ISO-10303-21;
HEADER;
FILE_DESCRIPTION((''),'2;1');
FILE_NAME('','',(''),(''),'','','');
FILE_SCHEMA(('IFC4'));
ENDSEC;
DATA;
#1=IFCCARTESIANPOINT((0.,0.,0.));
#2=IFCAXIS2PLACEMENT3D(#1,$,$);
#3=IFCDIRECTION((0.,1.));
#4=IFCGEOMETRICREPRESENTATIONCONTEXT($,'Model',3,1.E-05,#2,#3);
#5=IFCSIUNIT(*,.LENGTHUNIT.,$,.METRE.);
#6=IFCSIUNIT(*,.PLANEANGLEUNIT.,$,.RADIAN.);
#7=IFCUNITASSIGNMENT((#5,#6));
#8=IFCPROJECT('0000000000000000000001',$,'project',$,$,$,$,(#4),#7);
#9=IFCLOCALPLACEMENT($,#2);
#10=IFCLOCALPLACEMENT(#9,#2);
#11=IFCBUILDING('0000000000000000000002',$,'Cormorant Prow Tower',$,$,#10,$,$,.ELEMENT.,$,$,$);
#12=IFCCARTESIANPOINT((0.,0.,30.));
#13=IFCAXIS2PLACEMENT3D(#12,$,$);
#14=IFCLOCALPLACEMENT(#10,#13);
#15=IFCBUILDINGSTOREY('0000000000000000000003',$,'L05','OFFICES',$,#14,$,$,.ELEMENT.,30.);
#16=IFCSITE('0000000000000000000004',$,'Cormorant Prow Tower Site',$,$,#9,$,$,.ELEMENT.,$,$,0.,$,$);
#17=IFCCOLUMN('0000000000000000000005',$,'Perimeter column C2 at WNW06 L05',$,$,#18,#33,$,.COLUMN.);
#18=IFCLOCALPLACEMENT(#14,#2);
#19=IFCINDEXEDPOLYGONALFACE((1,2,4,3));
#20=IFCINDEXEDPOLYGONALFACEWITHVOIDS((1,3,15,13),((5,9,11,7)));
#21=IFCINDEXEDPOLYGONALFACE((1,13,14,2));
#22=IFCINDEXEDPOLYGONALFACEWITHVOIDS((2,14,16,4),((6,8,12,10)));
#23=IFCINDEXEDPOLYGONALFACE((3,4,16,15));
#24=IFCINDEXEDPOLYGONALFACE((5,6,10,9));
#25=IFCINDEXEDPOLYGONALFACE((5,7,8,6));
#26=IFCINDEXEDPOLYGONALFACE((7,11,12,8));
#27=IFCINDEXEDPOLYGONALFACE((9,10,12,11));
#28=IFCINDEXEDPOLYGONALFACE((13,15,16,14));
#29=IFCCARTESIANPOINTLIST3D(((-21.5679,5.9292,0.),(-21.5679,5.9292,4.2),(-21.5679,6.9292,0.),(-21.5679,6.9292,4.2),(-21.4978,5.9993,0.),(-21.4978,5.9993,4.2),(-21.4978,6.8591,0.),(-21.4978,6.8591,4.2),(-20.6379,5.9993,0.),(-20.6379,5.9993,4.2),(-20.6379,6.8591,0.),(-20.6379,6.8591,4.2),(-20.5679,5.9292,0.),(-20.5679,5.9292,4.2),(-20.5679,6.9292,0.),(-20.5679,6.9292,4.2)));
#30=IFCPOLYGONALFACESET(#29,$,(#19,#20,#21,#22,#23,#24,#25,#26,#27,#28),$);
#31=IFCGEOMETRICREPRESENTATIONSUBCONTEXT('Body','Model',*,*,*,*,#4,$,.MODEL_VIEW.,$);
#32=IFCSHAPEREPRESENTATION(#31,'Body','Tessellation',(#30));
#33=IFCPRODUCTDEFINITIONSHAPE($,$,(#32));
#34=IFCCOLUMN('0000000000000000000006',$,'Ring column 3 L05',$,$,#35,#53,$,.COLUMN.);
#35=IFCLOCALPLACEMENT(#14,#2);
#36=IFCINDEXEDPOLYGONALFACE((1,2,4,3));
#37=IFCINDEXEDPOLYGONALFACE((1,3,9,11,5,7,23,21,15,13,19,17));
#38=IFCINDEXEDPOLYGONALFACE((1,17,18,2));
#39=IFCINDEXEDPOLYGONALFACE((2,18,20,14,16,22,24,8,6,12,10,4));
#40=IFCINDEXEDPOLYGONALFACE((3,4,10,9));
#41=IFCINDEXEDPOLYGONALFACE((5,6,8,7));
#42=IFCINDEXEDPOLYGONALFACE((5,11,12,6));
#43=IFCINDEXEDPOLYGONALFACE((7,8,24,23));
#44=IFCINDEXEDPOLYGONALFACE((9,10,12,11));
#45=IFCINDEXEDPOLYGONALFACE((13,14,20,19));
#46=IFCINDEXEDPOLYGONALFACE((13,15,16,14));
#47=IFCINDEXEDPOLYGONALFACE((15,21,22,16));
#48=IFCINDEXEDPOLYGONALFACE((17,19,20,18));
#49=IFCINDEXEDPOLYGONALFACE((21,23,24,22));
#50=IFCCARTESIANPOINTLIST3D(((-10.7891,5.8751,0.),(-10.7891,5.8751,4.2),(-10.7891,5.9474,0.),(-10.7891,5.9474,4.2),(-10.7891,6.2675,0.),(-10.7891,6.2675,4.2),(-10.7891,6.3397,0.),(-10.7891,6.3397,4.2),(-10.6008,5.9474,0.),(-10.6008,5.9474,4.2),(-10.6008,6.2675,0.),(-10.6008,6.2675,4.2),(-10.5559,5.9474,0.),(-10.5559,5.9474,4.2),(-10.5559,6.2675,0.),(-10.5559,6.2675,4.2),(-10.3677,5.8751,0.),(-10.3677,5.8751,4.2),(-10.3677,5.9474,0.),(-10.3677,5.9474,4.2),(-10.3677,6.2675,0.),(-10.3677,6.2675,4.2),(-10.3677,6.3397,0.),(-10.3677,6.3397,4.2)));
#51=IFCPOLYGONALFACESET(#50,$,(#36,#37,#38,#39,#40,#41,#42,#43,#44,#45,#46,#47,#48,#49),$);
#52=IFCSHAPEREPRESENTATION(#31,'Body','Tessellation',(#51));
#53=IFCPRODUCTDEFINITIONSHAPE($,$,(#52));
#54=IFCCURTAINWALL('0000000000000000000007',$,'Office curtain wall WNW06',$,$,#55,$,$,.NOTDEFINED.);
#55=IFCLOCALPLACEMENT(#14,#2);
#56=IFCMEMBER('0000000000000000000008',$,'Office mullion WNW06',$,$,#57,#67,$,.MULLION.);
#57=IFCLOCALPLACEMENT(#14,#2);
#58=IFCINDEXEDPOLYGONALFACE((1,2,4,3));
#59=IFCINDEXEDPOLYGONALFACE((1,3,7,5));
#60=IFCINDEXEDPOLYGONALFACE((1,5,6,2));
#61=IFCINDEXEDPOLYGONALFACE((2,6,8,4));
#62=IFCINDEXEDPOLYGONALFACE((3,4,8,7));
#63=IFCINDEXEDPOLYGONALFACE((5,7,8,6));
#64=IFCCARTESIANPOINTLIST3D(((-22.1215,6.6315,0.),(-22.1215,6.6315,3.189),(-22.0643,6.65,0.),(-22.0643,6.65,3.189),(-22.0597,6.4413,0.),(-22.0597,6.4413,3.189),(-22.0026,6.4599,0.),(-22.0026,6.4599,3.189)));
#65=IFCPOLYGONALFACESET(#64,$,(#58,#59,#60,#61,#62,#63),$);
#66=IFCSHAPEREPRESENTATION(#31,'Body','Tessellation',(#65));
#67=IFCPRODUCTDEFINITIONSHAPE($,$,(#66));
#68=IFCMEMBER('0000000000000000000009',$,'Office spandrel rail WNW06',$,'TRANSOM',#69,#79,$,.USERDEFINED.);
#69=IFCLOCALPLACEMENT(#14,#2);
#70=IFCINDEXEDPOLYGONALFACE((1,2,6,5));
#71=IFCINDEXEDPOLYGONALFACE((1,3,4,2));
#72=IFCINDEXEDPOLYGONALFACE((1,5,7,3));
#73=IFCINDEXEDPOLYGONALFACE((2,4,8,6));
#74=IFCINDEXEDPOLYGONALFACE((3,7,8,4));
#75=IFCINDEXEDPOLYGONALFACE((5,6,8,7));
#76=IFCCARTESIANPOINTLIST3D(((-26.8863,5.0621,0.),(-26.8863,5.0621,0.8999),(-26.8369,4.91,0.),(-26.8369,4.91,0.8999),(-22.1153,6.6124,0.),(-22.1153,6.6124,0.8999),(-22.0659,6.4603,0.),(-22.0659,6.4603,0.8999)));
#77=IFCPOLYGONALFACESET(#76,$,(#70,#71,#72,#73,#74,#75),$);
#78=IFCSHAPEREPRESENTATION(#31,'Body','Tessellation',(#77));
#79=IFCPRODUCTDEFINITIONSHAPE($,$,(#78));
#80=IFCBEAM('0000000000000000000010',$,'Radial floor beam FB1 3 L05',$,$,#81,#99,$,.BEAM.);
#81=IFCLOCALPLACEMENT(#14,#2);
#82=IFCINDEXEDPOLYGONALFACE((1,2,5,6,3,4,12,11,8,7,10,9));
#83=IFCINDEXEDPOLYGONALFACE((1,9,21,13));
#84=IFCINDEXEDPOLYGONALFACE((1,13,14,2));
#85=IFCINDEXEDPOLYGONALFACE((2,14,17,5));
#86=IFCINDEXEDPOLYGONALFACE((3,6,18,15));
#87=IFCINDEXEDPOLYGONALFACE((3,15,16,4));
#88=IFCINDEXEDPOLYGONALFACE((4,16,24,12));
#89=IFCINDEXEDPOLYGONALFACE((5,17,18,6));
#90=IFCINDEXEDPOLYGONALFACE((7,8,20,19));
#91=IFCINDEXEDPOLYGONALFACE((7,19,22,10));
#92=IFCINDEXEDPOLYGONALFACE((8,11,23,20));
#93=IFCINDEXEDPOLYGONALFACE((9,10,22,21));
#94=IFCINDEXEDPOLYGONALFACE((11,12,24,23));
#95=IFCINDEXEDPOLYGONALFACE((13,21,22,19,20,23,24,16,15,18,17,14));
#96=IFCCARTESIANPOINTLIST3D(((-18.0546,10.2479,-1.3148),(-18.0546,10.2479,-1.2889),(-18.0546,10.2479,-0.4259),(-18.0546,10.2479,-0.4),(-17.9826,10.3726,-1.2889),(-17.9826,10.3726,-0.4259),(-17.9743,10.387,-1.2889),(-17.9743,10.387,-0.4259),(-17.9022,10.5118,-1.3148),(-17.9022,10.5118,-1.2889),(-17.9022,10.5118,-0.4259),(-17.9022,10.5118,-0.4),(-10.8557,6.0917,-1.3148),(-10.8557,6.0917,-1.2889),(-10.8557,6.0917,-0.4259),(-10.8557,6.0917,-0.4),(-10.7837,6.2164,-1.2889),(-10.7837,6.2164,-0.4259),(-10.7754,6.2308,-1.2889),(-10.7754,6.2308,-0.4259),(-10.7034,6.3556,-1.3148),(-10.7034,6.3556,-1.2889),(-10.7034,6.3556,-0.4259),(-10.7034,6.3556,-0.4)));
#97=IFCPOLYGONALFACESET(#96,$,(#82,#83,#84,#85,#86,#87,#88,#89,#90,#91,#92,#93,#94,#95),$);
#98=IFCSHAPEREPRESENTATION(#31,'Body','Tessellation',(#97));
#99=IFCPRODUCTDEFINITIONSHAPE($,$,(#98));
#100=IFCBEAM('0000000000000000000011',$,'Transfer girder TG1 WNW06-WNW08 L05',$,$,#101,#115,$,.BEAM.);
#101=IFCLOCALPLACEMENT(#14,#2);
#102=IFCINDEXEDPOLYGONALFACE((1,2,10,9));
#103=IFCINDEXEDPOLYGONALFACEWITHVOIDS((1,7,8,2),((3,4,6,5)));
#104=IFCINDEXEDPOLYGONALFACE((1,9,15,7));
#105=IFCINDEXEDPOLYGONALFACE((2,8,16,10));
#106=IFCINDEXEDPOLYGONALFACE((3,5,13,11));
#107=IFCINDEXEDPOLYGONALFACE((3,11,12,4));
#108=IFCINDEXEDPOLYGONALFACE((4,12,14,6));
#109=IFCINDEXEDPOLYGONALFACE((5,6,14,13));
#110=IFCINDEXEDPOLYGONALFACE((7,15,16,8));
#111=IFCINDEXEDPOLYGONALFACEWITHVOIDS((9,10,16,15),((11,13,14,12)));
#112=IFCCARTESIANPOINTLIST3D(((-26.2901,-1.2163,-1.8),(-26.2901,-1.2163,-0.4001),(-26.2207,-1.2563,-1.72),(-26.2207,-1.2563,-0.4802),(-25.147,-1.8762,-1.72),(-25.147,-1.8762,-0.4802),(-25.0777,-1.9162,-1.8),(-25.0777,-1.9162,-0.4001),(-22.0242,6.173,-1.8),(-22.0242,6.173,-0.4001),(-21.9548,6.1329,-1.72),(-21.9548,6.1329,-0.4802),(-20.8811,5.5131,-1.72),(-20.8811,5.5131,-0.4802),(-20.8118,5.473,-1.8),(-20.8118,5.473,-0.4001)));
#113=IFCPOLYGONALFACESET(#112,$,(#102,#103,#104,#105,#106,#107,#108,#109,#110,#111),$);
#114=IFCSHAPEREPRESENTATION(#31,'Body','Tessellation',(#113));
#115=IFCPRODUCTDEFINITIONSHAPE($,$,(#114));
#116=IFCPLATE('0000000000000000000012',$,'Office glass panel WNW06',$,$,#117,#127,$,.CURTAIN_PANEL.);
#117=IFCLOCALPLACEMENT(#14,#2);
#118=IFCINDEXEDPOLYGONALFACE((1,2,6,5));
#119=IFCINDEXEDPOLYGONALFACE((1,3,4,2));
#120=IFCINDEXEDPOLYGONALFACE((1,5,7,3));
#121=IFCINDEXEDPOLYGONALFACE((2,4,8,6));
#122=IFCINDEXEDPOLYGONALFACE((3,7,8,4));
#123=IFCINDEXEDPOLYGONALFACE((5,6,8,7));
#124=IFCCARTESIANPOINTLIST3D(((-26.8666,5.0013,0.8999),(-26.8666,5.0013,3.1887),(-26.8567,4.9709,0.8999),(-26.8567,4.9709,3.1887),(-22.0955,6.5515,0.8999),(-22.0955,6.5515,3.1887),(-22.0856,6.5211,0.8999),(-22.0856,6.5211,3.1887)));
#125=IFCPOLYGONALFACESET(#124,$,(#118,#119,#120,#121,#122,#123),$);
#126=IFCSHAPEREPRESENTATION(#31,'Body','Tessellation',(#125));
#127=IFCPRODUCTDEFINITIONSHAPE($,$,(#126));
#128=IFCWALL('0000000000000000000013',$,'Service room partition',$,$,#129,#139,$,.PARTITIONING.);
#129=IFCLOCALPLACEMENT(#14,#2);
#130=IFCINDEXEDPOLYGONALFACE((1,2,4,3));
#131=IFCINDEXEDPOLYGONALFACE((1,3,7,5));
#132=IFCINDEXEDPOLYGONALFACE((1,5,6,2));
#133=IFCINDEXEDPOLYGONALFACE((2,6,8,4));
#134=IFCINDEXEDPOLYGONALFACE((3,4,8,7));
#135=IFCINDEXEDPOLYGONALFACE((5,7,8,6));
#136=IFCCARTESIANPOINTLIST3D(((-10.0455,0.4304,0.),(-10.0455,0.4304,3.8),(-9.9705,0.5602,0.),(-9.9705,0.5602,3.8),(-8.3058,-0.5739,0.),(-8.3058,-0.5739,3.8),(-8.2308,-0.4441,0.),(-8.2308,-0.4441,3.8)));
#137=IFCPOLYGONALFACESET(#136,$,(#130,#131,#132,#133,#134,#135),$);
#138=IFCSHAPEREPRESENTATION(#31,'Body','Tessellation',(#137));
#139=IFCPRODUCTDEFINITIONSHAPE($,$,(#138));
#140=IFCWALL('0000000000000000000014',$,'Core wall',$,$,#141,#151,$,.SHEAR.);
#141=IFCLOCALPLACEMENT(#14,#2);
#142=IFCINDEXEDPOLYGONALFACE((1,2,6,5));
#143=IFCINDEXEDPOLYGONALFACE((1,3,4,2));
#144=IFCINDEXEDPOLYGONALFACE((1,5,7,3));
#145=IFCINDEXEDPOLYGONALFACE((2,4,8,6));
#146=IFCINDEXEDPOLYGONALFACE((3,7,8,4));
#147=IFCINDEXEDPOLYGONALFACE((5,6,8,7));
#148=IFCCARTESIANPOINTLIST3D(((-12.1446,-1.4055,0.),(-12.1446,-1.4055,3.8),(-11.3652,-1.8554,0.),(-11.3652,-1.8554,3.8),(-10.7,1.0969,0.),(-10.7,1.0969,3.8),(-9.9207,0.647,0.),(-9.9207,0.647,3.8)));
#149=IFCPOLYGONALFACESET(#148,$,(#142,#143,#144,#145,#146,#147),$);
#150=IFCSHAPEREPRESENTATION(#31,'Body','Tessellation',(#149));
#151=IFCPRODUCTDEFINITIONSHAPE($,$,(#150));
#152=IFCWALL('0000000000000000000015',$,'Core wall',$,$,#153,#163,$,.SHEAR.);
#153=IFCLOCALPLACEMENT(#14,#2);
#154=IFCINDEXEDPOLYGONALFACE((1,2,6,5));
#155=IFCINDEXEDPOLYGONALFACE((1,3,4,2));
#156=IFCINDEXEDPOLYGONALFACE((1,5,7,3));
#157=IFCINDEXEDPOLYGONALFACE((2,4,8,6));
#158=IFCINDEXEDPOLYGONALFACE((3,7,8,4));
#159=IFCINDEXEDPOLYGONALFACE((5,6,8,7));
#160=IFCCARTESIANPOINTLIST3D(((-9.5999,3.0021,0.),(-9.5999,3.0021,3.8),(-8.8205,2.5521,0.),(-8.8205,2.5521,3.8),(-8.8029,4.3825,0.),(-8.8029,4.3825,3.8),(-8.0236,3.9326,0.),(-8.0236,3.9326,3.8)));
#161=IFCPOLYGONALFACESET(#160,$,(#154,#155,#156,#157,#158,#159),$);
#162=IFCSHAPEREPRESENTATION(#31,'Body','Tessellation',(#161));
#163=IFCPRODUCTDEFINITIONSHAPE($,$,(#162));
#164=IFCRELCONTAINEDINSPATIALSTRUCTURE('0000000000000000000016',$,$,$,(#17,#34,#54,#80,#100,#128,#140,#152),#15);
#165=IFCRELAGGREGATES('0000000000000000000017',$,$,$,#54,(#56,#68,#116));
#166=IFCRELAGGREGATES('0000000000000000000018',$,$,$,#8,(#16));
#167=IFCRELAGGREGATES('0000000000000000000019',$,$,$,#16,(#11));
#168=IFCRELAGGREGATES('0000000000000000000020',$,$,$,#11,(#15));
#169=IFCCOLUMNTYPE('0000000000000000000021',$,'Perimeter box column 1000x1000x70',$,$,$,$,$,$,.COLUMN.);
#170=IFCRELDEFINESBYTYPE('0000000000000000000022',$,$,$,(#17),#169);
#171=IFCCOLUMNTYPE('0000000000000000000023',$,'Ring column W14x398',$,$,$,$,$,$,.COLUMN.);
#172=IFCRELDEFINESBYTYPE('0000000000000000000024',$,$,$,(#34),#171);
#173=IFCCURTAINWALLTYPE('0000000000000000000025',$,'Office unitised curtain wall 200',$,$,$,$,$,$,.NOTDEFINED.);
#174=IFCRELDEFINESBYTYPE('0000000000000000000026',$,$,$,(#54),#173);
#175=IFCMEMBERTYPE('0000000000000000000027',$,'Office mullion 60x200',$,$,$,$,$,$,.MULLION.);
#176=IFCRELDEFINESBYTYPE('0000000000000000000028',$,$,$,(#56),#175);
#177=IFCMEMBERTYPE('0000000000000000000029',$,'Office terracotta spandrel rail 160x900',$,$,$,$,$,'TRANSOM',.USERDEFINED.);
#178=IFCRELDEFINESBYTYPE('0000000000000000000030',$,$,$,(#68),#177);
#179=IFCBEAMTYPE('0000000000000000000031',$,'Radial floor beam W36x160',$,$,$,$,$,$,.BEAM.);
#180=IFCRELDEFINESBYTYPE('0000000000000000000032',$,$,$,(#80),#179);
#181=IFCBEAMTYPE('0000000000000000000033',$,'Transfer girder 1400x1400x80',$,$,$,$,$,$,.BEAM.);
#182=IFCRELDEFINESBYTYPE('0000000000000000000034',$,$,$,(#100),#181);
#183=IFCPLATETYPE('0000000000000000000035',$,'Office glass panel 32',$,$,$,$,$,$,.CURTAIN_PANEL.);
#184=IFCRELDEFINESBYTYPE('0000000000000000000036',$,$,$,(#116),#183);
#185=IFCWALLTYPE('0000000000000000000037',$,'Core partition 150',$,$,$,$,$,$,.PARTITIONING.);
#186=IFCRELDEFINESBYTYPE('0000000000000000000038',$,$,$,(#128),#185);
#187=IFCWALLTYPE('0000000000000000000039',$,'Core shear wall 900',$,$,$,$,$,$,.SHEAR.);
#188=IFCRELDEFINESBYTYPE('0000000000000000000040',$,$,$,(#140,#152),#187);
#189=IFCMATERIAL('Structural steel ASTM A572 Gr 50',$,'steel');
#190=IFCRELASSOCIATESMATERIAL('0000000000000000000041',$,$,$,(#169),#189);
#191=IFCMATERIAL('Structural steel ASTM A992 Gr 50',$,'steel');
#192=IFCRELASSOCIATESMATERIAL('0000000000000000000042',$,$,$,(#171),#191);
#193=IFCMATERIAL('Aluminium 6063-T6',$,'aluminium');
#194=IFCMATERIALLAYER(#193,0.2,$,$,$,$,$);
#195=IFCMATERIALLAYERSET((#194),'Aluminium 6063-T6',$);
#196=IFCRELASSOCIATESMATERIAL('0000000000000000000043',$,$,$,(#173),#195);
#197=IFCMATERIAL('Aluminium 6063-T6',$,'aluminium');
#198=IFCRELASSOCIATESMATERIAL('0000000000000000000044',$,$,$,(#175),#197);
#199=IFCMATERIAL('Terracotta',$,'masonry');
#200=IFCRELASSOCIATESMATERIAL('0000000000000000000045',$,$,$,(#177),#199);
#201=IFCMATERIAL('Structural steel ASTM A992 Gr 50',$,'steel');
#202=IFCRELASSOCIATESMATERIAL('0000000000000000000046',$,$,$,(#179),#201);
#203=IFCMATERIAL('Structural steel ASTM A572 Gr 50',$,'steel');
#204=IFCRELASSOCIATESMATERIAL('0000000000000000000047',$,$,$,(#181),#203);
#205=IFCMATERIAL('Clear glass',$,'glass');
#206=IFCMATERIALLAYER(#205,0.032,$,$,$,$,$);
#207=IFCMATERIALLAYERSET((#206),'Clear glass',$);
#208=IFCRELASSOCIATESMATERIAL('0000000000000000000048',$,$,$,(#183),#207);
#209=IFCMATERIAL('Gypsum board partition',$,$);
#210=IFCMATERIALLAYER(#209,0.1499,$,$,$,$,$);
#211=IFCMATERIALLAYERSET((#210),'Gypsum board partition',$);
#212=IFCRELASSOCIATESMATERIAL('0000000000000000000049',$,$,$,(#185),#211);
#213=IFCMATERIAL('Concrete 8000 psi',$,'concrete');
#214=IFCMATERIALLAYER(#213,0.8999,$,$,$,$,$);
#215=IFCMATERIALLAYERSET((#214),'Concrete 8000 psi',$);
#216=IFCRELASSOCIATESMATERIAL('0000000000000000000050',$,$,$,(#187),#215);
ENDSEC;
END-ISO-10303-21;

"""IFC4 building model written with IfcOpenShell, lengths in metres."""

from ifc_helpers import new_model, si_unit, direction, frame, frame_2d, origin, origin_2d, place, context, subcontext, project, spatial, rectangle, hollow_rectangle, i_section, extrude, material, layer, layer_set, material_profile, profile_set, type_object, element, aggregate, save


model = new_model("IFC4")

# Units and contexts
model_context = context("Model", 3, precision=1e-05, world=origin(), true_north=direction((0.0, 1.0)))
body_context = subcontext(model_context, "Body", "Model", "MODEL_VIEW")
ifc_project = project(units=[si_unit("LENGTHUNIT", "METRE"), si_unit("PLANEANGLEUNIT", "RADIAN")], contexts=[model_context])

# Site, building, storey
site_placement = place(None, origin())
site = spatial("IfcSite", under=ifc_project, at=site_placement, Name="Cormorant Prow Tower Site", CompositionType="ELEMENT", RefElevation=0.0)
building_placement = place(site_placement, origin())
building = spatial("IfcBuilding", under=site, at=building_placement, Name="Cormorant Prow Tower", CompositionType="ELEMENT")
storey_placement = place(building_placement, frame((0.0, 0.0, 30.0)))
storey = spatial("IfcBuildingStorey", under=building, at=storey_placement, Name="L05", Description="OFFICES", CompositionType="ELEMENT", Elevation=30.0)

# Columns
ifc_material_1 = material(Name="Structural steel ASTM A572 Gr 50", Category="steel")
ifc_material_profile_1 = material_profile(ifc_material_1, hollow_rectangle(XDim=1.0, YDim=1.0, WallThickness=0.0701, at=origin_2d()), Name="Box 1000x1000x70")
ifc_profile_set_1 = profile_set([ifc_material_profile_1], Name="Structural steel ASTM A572 Gr 50")
column_type_1 = type_object("IfcColumnType", Name="Perimeter box column 1000x1000x70", PredefinedType="COLUMN", material=ifc_profile_set_1)
column_1_placement = place(storey_placement, frame((-21.0679, 6.4292, 0.0), z_axis=(0.0, 0.0, 1.0), x_axis=(1.0, 0.0, 0.0)))
element("IfcColumn", 1, at=column_1_placement, inside=storey, type_object=column_type_1, Name="Perimeter column C2 at WNW06 L05", PredefinedType="COLUMN", context=body_context, shape_type="SweptSolid", body=[
    extrude(hollow_rectangle(XDim=1.0, YDim=1.0, WallThickness=0.0701, at=origin_2d()), origin(), (0.0, 0.0, 1.0), 4.2),
])
ifc_material_2 = material(Name="Structural steel ASTM A992 Gr 50", Category="steel")
ifc_material_profile_2 = material_profile(ifc_material_2, i_section(OverallWidth=0.4214, OverallDepth=0.4646, WebThickness=0.0449, FlangeThickness=0.0723, at=origin_2d()), Name="W14x398")
ifc_profile_set_2 = profile_set([ifc_material_profile_2], Name="Structural steel ASTM A992 Gr 50")
column_type_2 = type_object("IfcColumnType", Name="Ring column W14x398", PredefinedType="COLUMN", material=ifc_profile_set_2)
column_2_placement = place(storey_placement, frame((-10.5784, 6.1074, 0.0), z_axis=(0.0, 0.0, 1.0), x_axis=(1.0, 0.0, 0.0)))
element("IfcColumn", 2, at=column_2_placement, inside=storey, type_object=column_type_2, Name="Ring column 3 L05", PredefinedType="COLUMN", context=body_context, shape_type="SweptSolid", body=[
    extrude(i_section(OverallWidth=0.4214, OverallDepth=0.4646, WebThickness=0.0449, FlangeThickness=0.0723, at=origin_2d()), origin(), (0.0, 0.0, 1.0), 4.2),
])

# Curtain wall, members
ifc_material_3 = material(Name="Aluminium 6063-T6", Category="aluminium")
ifc_layer_1 = layer(ifc_material_3, 0.2)
ifc_layer_set_1 = layer_set([ifc_layer_1], Name="Aluminium 6063-T6")
curtain_wall_type = type_object("IfcCurtainWallType", Name="Office unitised curtain wall 200", PredefinedType="NOTDEFINED", material=ifc_layer_set_1)
curtain_wall_placement = place(storey_placement, origin())
curtain_wall = element("IfcCurtainWall", 3, at=curtain_wall_placement, inside=storey, type_object=curtain_wall_type, Name="Office curtain wall WNW06", PredefinedType="NOTDEFINED")
ifc_material_4 = material(Name="Aluminium 6063-T6", Category="aluminium")
ifc_material_profile_3 = material_profile(ifc_material_4, rectangle(XDim=0.2, YDim=0.0601, at=origin_2d()), Name="Office mullion 60x200")
ifc_profile_set_3 = profile_set([ifc_material_profile_3], Name="Aluminium 6063-T6")
member_type_1 = type_object("IfcMemberType", Name="Office mullion 60x200", PredefinedType="MULLION", material=ifc_profile_set_3)
member_1_placement = place(storey_placement, frame((-22.062, 6.5457, 0.0), z_axis=(0.0, 0.0, 1.0), x_axis=(0.309017, -0.951057, 0.0)))
member_1 = element("IfcMember", 4, at=member_1_placement, type_object=member_type_1, Name="Office mullion WNW06", PredefinedType="MULLION", context=body_context, shape_type="SweptSolid", body=[
    extrude(rectangle(XDim=0.2, YDim=0.0601, at=origin_2d()), origin(), (0.0, 0.0, 1.0), 3.189),
])
ifc_material_5 = material(Name="Terracotta", Category="masonry")
ifc_material_profile_4 = material_profile(ifc_material_5, rectangle(XDim=0.1599, YDim=0.8999, at=origin_2d()), Name="Office terracotta spandrel rail 160x900")
ifc_profile_set_4 = profile_set([ifc_material_profile_4], Name="Terracotta")
member_type_2 = type_object("IfcMemberType", Name="Office terracotta spandrel rail 160x900", ElementType="TRANSOM", PredefinedType="USERDEFINED", material=ifc_profile_set_4)
member_2_placement = place(storey_placement, frame((-22.0906, 6.5364, 0.45), z_axis=(-0.951051, -0.309035, 0.0), x_axis=(0.309035, -0.951051, 0.0)))
member_2 = element("IfcMember", 5, at=member_2_placement, type_object=member_type_2, Name="Office spandrel rail WNW06", ObjectType="TRANSOM", PredefinedType="USERDEFINED", context=body_context, shape_type="SweptSolid", body=[
    extrude(rectangle(XDim=0.1599, YDim=0.8999, at=origin_2d()), origin(), (0.0, 0.0, 1.0), 5.0166),
])

# Beams
ifc_material_6 = material(Name="Structural steel ASTM A992 Gr 50", Category="steel")
ifc_material_profile_5 = material_profile(ifc_material_6, i_section(OverallWidth=0.3047, OverallDepth=0.9148, WebThickness=0.0166, FlangeThickness=0.0259, at=origin_2d()), Name="W36x160")
ifc_profile_set_5 = profile_set([ifc_material_profile_5], Name="Structural steel ASTM A992 Gr 50")
beam_type_1 = type_object("IfcBeamType", Name="Radial floor beam W36x160", PredefinedType="BEAM", material=ifc_profile_set_5)
beam_1_placement = place(storey_placement, frame((-10.7795, 6.2236, -0.8574), z_axis=(-0.86603, 0.499993, 0.0), x_axis=(-0.499993, -0.86603, 0.0)))
element("IfcBeam", 6, at=beam_1_placement, inside=storey, type_object=beam_type_1, Name="Radial floor beam FB1 3 L05", PredefinedType="BEAM", context=body_context, shape_type="SweptSolid", body=[
    extrude(i_section(OverallWidth=0.3047, OverallDepth=0.9148, WebThickness=0.0166, FlangeThickness=0.0259, at=origin_2d()), origin(), (0.0, 0.0, 1.0), 8.3125),
])
ifc_material_7 = material(Name="Structural steel ASTM A572 Gr 50", Category="steel")
ifc_material_profile_6 = material_profile(ifc_material_7, hollow_rectangle(XDim=1.3999, YDim=1.3999, WallThickness=0.0801, at=origin_2d()), Name="Box 1400x1400x80")
ifc_profile_set_6 = profile_set([ifc_material_profile_6], Name="Structural steel ASTM A572 Gr 50")
beam_type_2 = type_object("IfcBeamType", Name="Transfer girder 1400x1400x80", PredefinedType="BEAM", material=ifc_profile_set_6)
beam_2_placement = place(storey_placement, frame((-21.418, 5.823, -1.1001), z_axis=(-0.499977, -0.866039, 0.0), x_axis=(0.866039, -0.499977, 0.0)))
element("IfcBeam", 7, at=beam_2_placement, inside=storey, type_object=beam_type_2, Name="Transfer girder TG1 WNW06-WNW08 L05", PredefinedType="BEAM", context=body_context, shape_type="SweptSolid", body=[
    extrude(hollow_rectangle(XDim=1.3999, YDim=1.3999, WallThickness=0.0801, at=origin_2d()), origin(), (0.0, 0.0, 1.0), 8.5322),
])

# Plate
ifc_material_8 = material(Name="Clear glass", Category="glass")
ifc_layer_2 = layer(ifc_material_8, 0.032)
ifc_layer_set_2 = layer_set([ifc_layer_2], Name="Clear glass")
plate_type = type_object("IfcPlateType", Name="Office glass panel 32", PredefinedType="CURTAIN_PANEL", material=ifc_layer_set_2)
plate_placement = place(storey_placement, frame((-24.4761, 5.7612, 0.8999), z_axis=(0.0, 0.0, 1.0), x_axis=(-0.951057, -0.309017, 0.0)))
plate = element("IfcPlate", 8, at=plate_placement, type_object=plate_type, Name="Office glass panel WNW06", PredefinedType="CURTAIN_PANEL", context=body_context, shape_type="SweptSolid", body=[
    extrude(rectangle(XDim=5.0166, YDim=0.032, at=origin_2d()), origin(), (0.0, 0.0, 1.0), 2.2888),
])
aggregate(curtain_wall, [member_1, member_2, plate])

# Walls
ifc_material_9 = material(Name="Gypsum board partition")
ifc_layer_3 = layer(ifc_material_9, 0.1499)
ifc_layer_set_3 = layer_set([ifc_layer_3], Name="Gypsum board partition")
wall_type_1 = type_object("IfcWallType", Name="Core partition 150", PredefinedType="PARTITIONING", material=ifc_layer_set_3)
wall_1_placement = place(storey_placement, frame((-8.2683, -0.509, 0.0), z_axis=(0.0, 0.0, 1.0), x_axis=(-0.866036, 0.499982, 0.0)))
element("IfcWall", 9, at=wall_1_placement, inside=storey, type_object=wall_type_1, Name="Service room partition", PredefinedType="PARTITIONING", context=body_context, shape_type="SweptSolid", body=[
    extrude(rectangle(XDim=2.0088, YDim=0.1499, at=frame_2d((1.0044, 0.0))), origin(), (0.0, 0.0, 1.0), 3.8),
])
ifc_material_10 = material(Name="Concrete 8000 psi", Category="concrete")
ifc_layer_4 = layer(ifc_material_10, 0.8999)
ifc_layer_set_4 = layer_set([ifc_layer_4], Name="Concrete 8000 psi")
wall_type_2 = type_object("IfcWallType", Name="Core shear wall 900", PredefinedType="SHEAR", material=ifc_layer_set_4)
wall_2_placement = place(storey_placement, frame((-10.3103, 0.8721, 0.0), z_axis=(0.0, 0.0, 1.0), x_axis=(-0.499947, -0.866056, 0.0)))
element("IfcWall", 10, at=wall_2_placement, inside=storey, type_object=wall_type_2, Name="Core wall", PredefinedType="SHEAR", context=body_context, shape_type="SweptSolid", body=[
    extrude(rectangle(XDim=2.8894, YDim=0.8999, at=frame_2d((1.4448, 0.0))), origin(), (0.0, 0.0, 1.0), 3.8),
])
wall_3_placement = place(storey_placement, frame((-8.4133, 4.1575, 0.0), z_axis=(0.0, 0.0, 1.0), x_axis=(-0.499961, -0.866048, 0.0)))
element("IfcWall", 11, at=wall_3_placement, inside=storey, type_object=wall_type_2, Name="Core wall", PredefinedType="SHEAR", context=body_context, shape_type="SweptSolid", body=[
    extrude(rectangle(XDim=1.594, YDim=0.8999, at=frame_2d((0.7969, 0.0))), origin(), (0.0, 0.0, 1.0), 3.8),
])

save(model, "model.ifc")
